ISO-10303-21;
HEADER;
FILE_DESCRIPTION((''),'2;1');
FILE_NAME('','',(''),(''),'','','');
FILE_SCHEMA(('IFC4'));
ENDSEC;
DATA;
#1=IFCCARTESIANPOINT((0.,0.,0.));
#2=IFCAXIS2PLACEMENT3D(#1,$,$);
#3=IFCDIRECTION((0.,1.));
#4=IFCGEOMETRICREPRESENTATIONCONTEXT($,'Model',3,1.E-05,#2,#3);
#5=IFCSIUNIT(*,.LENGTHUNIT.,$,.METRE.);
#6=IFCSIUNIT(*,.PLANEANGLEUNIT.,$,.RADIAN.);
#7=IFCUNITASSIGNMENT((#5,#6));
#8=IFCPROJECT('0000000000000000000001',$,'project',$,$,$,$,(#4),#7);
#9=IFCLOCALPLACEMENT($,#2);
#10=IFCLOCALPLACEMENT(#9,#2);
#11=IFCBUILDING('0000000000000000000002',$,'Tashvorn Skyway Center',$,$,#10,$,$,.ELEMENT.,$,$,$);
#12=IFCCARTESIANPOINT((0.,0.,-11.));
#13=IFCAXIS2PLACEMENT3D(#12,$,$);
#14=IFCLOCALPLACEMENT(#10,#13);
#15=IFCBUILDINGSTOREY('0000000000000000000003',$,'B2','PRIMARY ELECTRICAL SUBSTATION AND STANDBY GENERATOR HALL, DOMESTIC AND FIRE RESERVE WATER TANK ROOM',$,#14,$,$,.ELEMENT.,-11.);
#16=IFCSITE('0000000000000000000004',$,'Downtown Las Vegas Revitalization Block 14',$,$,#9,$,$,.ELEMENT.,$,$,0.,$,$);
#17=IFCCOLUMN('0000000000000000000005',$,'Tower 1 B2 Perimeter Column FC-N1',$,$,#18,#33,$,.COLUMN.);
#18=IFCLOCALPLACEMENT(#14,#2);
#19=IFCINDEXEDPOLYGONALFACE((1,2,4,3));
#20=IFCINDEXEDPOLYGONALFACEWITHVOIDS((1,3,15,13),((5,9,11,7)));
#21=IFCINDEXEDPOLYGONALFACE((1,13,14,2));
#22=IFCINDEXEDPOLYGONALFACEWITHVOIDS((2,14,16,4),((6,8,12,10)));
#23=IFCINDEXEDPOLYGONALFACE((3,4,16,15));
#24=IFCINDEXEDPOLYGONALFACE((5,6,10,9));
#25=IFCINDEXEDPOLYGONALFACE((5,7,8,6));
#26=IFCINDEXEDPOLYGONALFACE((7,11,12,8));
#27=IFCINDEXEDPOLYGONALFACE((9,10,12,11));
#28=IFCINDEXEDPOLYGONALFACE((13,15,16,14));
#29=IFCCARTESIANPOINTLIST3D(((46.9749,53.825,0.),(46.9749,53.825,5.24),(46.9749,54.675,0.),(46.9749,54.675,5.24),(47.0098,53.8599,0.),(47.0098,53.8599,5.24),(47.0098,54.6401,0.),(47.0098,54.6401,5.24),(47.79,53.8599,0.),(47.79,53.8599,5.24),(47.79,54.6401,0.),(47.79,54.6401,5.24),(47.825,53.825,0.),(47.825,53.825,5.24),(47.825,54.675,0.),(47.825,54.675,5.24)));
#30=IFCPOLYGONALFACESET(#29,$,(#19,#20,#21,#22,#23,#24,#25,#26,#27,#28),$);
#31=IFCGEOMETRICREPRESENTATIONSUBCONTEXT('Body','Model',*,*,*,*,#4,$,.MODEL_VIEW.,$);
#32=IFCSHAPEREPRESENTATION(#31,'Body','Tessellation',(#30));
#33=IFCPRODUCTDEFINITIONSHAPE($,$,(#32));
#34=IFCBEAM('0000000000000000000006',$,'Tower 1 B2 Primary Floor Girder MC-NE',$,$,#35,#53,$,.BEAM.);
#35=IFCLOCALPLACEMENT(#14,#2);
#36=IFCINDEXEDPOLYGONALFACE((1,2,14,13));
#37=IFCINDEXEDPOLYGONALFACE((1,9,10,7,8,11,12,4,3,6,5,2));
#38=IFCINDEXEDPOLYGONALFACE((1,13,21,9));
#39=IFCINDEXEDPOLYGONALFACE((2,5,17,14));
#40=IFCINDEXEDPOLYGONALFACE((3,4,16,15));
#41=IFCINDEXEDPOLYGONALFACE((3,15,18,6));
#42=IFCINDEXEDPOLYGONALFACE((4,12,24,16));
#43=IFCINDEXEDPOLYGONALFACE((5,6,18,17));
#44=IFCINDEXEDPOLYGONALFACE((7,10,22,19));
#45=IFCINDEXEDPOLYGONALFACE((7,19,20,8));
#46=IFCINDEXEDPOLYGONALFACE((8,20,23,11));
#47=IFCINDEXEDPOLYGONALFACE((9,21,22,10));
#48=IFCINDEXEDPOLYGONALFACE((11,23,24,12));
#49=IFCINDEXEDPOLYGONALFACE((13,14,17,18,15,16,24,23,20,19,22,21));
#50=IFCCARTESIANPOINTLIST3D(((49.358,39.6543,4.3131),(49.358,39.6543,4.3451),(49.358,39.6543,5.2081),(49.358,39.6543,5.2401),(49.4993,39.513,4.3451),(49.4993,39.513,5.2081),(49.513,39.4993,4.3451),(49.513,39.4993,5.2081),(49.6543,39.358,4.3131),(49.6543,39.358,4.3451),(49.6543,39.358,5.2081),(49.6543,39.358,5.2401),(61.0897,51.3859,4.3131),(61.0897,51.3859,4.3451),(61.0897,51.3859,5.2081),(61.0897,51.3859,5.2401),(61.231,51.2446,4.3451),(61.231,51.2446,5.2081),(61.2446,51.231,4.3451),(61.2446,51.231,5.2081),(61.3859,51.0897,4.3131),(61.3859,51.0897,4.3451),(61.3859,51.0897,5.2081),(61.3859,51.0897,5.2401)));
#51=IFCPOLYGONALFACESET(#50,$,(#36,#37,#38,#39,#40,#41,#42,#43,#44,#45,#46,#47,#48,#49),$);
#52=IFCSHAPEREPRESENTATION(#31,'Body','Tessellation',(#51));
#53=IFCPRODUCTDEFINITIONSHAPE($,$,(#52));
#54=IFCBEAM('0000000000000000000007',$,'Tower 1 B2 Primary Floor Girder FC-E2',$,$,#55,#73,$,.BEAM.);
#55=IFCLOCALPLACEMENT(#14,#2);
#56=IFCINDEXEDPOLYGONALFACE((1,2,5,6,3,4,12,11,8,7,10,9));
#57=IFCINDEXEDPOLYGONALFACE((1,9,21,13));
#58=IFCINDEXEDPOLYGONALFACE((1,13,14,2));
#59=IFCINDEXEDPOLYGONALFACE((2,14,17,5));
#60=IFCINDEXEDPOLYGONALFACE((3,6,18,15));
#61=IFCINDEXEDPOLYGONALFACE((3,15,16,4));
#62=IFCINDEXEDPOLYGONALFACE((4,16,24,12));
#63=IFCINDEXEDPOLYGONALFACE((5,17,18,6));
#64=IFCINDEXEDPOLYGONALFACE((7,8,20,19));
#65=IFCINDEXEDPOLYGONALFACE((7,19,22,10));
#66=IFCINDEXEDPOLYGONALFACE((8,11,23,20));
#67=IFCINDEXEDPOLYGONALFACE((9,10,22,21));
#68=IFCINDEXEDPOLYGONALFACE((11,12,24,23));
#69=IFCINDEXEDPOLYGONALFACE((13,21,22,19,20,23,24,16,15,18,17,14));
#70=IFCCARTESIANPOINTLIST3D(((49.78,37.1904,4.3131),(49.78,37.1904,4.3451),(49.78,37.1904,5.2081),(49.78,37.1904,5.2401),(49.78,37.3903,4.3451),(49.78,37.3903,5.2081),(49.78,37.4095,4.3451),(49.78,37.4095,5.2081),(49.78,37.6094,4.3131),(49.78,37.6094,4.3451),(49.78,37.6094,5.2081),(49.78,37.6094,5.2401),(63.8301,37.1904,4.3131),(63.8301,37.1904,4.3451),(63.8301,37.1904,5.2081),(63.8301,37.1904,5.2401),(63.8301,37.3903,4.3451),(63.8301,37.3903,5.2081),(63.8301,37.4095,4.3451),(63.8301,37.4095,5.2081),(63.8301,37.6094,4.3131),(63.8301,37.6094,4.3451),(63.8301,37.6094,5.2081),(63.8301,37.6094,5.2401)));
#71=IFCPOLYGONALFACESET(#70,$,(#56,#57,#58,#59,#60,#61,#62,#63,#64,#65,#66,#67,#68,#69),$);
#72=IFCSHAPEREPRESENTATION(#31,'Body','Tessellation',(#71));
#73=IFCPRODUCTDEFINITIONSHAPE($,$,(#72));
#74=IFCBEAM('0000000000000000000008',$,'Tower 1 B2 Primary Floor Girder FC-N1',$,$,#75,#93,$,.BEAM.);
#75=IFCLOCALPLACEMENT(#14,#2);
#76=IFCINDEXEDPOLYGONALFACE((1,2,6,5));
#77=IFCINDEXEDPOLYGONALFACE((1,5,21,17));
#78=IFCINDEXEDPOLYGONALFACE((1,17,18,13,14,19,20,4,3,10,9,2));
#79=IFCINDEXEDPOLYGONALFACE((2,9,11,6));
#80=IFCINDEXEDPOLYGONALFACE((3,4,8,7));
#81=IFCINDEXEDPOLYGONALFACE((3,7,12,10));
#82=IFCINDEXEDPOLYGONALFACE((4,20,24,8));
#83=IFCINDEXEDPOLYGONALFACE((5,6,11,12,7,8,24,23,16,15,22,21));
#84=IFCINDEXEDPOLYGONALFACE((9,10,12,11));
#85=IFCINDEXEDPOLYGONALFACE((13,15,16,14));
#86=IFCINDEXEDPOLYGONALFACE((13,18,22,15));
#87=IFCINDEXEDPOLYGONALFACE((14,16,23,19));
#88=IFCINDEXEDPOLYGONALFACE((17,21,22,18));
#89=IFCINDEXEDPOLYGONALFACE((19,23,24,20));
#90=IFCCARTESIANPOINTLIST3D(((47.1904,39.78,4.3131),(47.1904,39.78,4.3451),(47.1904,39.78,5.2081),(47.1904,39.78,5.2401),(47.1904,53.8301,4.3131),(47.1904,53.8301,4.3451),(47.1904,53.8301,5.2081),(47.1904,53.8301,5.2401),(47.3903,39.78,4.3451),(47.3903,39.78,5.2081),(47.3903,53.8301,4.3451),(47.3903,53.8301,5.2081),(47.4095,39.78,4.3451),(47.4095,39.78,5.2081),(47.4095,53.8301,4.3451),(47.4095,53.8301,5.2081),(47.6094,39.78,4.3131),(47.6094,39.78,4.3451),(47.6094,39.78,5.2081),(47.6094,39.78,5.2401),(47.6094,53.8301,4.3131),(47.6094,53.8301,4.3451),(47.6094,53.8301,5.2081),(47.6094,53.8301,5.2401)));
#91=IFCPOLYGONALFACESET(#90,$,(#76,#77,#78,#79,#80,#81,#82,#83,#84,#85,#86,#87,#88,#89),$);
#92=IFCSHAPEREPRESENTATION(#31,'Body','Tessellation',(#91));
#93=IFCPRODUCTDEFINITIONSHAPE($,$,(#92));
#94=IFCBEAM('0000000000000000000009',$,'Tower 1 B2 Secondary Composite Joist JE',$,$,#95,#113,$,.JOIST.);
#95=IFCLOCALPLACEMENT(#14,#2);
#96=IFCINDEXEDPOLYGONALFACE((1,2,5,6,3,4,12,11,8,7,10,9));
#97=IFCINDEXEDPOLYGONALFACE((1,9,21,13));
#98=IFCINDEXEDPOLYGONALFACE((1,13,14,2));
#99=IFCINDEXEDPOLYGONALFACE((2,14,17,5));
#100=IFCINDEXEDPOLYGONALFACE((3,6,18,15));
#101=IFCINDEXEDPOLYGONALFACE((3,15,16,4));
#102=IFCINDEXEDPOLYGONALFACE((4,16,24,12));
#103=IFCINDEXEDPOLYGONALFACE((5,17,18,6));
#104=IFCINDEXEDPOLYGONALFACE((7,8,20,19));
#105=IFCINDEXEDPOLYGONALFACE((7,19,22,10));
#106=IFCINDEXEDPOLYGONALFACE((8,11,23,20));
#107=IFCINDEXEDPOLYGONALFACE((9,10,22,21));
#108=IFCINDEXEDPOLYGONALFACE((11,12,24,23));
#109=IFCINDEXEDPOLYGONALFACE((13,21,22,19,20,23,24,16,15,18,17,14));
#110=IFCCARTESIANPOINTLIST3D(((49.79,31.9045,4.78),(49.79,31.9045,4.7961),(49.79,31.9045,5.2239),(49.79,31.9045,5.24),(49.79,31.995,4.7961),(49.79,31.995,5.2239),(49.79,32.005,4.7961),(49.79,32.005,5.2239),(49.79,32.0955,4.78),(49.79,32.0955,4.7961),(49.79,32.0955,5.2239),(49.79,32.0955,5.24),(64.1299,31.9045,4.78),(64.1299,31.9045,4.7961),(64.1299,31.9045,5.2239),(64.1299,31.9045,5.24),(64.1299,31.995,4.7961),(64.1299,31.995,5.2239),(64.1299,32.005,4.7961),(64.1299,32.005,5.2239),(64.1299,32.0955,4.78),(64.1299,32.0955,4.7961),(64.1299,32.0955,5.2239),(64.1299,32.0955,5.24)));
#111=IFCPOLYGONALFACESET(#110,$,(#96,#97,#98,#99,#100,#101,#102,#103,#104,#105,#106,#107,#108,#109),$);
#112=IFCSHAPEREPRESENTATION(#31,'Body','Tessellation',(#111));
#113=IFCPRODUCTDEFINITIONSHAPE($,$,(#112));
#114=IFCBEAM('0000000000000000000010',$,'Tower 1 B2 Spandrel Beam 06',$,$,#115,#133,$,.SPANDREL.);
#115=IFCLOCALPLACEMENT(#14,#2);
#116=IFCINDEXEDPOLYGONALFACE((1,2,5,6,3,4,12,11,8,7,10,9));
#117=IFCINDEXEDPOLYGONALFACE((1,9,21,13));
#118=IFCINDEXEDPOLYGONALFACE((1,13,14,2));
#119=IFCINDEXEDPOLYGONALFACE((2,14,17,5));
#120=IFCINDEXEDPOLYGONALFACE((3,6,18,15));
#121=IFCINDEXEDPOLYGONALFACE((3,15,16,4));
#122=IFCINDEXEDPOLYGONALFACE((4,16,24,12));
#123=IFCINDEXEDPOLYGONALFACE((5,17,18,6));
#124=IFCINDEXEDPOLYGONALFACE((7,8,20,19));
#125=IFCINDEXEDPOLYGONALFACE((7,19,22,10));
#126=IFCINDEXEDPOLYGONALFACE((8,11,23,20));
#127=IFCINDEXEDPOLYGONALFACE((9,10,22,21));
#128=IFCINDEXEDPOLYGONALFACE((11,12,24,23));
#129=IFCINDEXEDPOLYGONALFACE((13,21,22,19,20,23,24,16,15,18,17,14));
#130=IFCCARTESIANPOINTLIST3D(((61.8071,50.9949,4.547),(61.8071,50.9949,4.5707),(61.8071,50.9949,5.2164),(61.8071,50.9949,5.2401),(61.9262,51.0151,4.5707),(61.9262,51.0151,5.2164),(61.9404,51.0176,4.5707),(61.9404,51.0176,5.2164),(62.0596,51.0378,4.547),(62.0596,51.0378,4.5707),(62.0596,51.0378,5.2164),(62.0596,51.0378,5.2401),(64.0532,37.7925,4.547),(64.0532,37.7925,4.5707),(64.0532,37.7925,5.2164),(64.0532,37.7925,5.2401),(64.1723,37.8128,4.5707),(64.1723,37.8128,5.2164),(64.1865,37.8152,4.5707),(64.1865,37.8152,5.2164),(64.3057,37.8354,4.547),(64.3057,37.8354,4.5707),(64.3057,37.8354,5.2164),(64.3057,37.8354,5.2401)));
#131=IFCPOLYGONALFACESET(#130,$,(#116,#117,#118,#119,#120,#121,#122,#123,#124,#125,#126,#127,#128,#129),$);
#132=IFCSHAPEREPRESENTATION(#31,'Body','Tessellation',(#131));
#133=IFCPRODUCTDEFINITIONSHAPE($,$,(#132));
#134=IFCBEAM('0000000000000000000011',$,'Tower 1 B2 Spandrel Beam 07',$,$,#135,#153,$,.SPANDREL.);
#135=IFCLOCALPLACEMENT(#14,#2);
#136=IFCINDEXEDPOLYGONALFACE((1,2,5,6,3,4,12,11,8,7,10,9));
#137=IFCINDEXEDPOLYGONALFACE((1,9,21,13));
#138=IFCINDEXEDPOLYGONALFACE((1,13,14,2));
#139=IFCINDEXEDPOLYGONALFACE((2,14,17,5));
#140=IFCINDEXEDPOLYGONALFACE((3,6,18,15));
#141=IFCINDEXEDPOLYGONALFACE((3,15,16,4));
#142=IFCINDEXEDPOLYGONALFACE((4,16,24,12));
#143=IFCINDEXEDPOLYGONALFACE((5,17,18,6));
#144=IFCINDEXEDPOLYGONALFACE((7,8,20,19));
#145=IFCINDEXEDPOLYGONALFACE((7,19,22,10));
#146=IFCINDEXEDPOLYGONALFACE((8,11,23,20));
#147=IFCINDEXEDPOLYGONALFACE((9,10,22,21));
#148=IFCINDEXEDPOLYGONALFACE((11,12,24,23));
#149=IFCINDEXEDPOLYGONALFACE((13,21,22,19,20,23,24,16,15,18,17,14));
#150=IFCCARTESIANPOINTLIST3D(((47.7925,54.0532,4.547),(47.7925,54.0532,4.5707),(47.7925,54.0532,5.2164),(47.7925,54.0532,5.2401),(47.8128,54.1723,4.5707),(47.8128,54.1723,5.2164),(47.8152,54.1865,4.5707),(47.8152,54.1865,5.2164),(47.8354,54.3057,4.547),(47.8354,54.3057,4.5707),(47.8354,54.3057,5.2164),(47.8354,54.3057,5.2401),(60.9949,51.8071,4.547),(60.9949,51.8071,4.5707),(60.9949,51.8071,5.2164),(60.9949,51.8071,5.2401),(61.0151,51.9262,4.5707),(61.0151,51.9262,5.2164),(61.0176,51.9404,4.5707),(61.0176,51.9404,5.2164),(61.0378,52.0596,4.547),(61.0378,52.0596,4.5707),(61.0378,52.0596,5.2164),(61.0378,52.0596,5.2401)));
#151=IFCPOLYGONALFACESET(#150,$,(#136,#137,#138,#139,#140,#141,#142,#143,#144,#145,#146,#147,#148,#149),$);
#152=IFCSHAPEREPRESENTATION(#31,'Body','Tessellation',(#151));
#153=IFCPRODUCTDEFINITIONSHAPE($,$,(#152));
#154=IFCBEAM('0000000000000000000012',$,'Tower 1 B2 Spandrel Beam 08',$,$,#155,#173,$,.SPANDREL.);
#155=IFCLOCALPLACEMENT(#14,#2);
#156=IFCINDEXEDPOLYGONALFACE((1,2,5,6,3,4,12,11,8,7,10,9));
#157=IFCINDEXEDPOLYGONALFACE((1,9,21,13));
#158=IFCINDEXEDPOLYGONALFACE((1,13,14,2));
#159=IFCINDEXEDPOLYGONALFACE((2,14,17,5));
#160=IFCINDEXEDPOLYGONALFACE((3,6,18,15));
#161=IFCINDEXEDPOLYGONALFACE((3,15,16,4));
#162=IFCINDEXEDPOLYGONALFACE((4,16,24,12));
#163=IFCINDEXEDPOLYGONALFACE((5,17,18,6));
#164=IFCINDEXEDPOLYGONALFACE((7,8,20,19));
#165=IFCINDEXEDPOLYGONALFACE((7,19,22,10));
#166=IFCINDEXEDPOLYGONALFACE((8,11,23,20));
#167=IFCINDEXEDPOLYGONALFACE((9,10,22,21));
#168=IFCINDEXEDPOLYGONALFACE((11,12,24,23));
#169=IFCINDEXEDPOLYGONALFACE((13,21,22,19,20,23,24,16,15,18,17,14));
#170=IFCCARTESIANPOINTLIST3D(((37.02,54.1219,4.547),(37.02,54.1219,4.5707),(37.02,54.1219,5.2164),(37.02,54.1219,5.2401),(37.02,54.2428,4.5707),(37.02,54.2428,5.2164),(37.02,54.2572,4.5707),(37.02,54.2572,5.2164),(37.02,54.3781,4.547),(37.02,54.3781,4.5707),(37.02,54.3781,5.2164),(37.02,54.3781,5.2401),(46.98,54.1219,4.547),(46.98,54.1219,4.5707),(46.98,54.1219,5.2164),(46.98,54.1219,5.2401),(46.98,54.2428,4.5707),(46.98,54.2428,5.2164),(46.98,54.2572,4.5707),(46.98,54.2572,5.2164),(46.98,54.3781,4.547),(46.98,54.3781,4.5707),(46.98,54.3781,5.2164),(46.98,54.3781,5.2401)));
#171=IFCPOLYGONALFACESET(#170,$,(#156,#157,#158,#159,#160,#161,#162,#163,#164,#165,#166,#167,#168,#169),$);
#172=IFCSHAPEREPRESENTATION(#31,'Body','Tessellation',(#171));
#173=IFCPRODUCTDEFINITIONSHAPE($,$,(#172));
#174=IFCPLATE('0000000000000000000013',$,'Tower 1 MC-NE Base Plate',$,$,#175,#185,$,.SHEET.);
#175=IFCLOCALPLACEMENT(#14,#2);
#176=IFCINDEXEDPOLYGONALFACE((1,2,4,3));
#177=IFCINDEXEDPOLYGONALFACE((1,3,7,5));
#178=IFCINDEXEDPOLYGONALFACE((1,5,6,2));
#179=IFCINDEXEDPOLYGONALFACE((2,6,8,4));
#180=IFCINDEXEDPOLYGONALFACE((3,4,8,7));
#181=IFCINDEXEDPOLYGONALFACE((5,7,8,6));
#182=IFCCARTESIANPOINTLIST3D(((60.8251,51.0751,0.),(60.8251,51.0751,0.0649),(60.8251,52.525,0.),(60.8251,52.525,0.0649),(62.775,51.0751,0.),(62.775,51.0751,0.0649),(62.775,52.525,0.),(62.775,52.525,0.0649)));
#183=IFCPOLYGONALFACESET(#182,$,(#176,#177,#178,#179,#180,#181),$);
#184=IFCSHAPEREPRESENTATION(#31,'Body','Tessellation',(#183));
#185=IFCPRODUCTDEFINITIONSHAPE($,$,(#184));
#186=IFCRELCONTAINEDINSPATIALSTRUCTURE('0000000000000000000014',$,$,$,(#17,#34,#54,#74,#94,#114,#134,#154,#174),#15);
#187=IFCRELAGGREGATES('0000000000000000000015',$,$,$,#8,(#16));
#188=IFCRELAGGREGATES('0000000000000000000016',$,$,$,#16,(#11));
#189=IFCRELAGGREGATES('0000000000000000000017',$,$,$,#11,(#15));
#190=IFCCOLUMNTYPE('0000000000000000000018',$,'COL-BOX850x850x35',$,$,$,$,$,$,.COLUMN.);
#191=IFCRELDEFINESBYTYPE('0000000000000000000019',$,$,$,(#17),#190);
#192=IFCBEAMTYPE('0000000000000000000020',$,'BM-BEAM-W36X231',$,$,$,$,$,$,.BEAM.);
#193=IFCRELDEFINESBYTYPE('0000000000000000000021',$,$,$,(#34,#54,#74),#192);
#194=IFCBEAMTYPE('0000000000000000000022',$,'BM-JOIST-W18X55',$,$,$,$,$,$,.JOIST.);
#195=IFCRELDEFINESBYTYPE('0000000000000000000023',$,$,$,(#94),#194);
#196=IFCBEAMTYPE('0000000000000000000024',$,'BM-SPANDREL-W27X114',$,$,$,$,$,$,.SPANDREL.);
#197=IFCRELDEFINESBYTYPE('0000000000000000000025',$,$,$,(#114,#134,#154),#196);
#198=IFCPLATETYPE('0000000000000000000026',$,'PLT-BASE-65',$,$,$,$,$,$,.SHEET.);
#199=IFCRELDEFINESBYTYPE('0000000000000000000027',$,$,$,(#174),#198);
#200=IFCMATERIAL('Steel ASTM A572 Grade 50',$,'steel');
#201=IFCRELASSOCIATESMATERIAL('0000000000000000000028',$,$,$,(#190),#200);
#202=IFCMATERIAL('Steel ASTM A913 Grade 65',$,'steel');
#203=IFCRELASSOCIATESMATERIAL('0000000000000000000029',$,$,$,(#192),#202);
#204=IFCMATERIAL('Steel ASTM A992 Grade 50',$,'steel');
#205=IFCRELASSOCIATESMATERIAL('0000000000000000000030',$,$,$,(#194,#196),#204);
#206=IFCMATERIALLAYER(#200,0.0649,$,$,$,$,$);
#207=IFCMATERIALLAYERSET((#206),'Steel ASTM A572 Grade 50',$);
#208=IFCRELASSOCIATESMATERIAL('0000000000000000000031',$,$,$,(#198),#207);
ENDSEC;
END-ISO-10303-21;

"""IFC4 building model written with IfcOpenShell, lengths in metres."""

from ifc_helpers import new_model, si_unit, direction, frame, origin, origin_2d, place, context, subcontext, project, spatial, rectangle, hollow_rectangle, i_section, extrude, material, layer, layer_set, material_profile, profile_set, type_object, element, save


model = new_model("IFC4")

# Units and contexts
model_context = context("Model", 3, precision=1e-05, world=origin(), true_north=direction((0.0, 1.0)))
body_context = subcontext(model_context, "Body", "Model", "MODEL_VIEW")
ifc_project = project(units=[si_unit("LENGTHUNIT", "METRE"), si_unit("PLANEANGLEUNIT", "RADIAN")], contexts=[model_context])

# Site, building, storey
site_placement = place(None, origin())
site = spatial("IfcSite", under=ifc_project, at=site_placement, Name="Downtown Las Vegas Revitalization Block 14", CompositionType="ELEMENT", RefElevation=0.0)
building_placement = place(site_placement, origin())
building = spatial("IfcBuilding", under=site, at=building_placement, Name="Tashvorn Skyway Center", CompositionType="ELEMENT")
storey_placement = place(building_placement, frame((0.0, 0.0, -11.0)))
storey = spatial("IfcBuildingStorey", under=building, at=storey_placement, Name="B2", Description="PRIMARY ELECTRICAL SUBSTATION AND STANDBY GENERATOR HALL, DOMESTIC AND FIRE RESERVE WATER TANK ROOM", CompositionType="ELEMENT", Elevation=-11.0)

# Column
ifc_material_1 = material(Name="Steel ASTM A572 Grade 50", Category="steel")
ifc_material_profile_1 = material_profile(ifc_material_1, hollow_rectangle(XDim=0.8501, YDim=0.8501, WallThickness=0.0349, at=origin_2d()), Name="BOX850x850x35")
ifc_profile_set_1 = profile_set([ifc_material_profile_1], Name="Steel ASTM A572 Grade 50")
column_type_1 = type_object("IfcColumnType", Name="COL-BOX850x850x35", PredefinedType="COLUMN", material=ifc_profile_set_1)
column_1_placement = place(storey_placement, frame((47.3999, 54.25, 0.0), z_axis=(0.0, 0.0, 1.0), x_axis=(1.0, 0.0, 0.0)))
element("IfcColumn", 1, at=column_1_placement, inside=storey, type_object=column_type_1, Name="Tower 1 B2 Perimeter Column FC-N1", PredefinedType="COLUMN", context=body_context, shape_type="SweptSolid", body=[
    extrude(hollow_rectangle(XDim=0.8501, YDim=0.8501, WallThickness=0.0349, at=origin_2d()), origin(), (0.0, 0.0, 1.0), 5.24),
])

# Beams
ifc_material_2 = material(Name="Steel ASTM A913 Grade 65", Category="steel")
ifc_material_profile_2 = material_profile(ifc_material_2, i_section(OverallWidth=0.4189, OverallDepth=0.927, WebThickness=0.0193, FlangeThickness=0.032, at=origin_2d()), Name="W36X231")
ifc_profile_set_2 = profile_set([ifc_material_profile_2], Name="Steel ASTM A913 Grade 65")
beam_type_1 = type_object("IfcBeamType", Name="BM-BEAM-W36X231", PredefinedType="BEAM", material=ifc_profile_set_2)
beam_1_placement = place(storey_placement, frame((61.2378, 51.2378, 4.7766), z_axis=(-0.707107, -0.707107, 0.0), x_axis=(0.707107, -0.707107, 0.0)))
element("IfcBeam", 2, at=beam_1_placement, inside=storey, type_object=beam_type_1, Name="Tower 1 B2 Primary Floor Girder MC-NE", PredefinedType="BEAM", context=body_context, shape_type="SweptSolid", body=[
    extrude(i_section(OverallWidth=0.4189, OverallDepth=0.927, WebThickness=0.0193, FlangeThickness=0.032, at=origin_2d()), origin(), (0.0, 0.0, 1.0), 16.5911),
])
for number, where, z_axis, x_axis, name in (
    (3, (63.8301, 37.3999, 4.7766), (-1.0, 0.0, 0.0), (0.0, -1.0, 0.0), "Tower 1 B2 Primary Floor Girder FC-E2"),
    (4, (47.3999, 53.8301, 4.7766), (0.0, -1.0, 0.0), (1.0, 0.0, 0.0), "Tower 1 B2 Primary Floor Girder FC-N1"),
):
    element("IfcBeam", number, at=place(storey_placement, frame(where, z_axis=z_axis, x_axis=x_axis)), inside=storey, type_object=beam_type_1, Name=name, PredefinedType="BEAM", context=body_context, shape_type="SweptSolid", body=[
        extrude(i_section(OverallWidth=0.4189, OverallDepth=0.927, WebThickness=0.0193, FlangeThickness=0.032, at=origin_2d()), origin(), (0.0, 0.0, 1.0), 14.05),
    ])
ifc_material_3 = material(Name="Steel ASTM A992 Grade 50", Category="steel")
ifc_material_profile_3 = material_profile(ifc_material_3, i_section(OverallWidth=0.1909, OverallDepth=0.46, WebThickness=0.01, FlangeThickness=0.0161, at=origin_2d()), Name="W18X55")
ifc_profile_set_3 = profile_set([ifc_material_profile_3], Name="Steel ASTM A992 Grade 50")
beam_type_2 = type_object("IfcBeamType", Name="BM-JOIST-W18X55", PredefinedType="JOIST", material=ifc_profile_set_3)
beam_2_placement = place(storey_placement, frame((49.79, 32.0, 5.01), z_axis=(1.0, 0.0, 0.0), x_axis=(0.0, 1.0, 0.0)))
element("IfcBeam", 5, at=beam_2_placement, inside=storey, type_object=beam_type_2, Name="Tower 1 B2 Secondary Composite Joist JE", PredefinedType="JOIST", context=body_context, shape_type="SweptSolid", body=[
    extrude(i_section(OverallWidth=0.1909, OverallDepth=0.46, WebThickness=0.01, FlangeThickness=0.0161, at=origin_2d()), origin(), (0.0, 0.0, 1.0), 14.3398),
])
ifc_material_profile_4 = material_profile(ifc_material_3, i_section(OverallWidth=0.2561, OverallDepth=0.6931, WebThickness=0.0144, FlangeThickness=0.0237, at=origin_2d()), Name="W27X114")
ifc_profile_set_4 = profile_set([ifc_material_profile_4], Name="Steel ASTM A992 Grade 50")
beam_type_3 = type_object("IfcBeamType", Name="BM-SPANDREL-W27X114", PredefinedType="SPANDREL", material=ifc_profile_set_4)
for number, where, z_axis, x_axis, name in (
    (6, (64.1794, 37.814, 4.8936), (-0.167718, 0.985835, 0.0), (-0.985835, -0.167718, 0.0), "Tower 1 B2 Spandrel Beam 06"),
    (7, (61.0164, 51.9333, 4.8936), (-0.985835, 0.167718, 0.0), (-0.167718, -0.985835, 0.0), "Tower 1 B2 Spandrel Beam 07"),
):
    element("IfcBeam", number, at=place(storey_placement, frame(where, z_axis=z_axis, x_axis=x_axis)), inside=storey, type_object=beam_type_3, Name=name, PredefinedType="SPANDREL", context=body_context, shape_type="SweptSolid", body=[
        extrude(i_section(OverallWidth=0.2561, OverallDepth=0.6931, WebThickness=0.0144, FlangeThickness=0.0237, at=origin_2d()), origin(), (0.0, 0.0, 1.0), 13.3921),
    ])
beam_3_placement = place(storey_placement, frame((46.98, 54.25, 4.8936), z_axis=(-1.0, 0.0, 0.0), x_axis=(0.0, -1.0, 0.0)))
element("IfcBeam", 8, at=beam_3_placement, inside=storey, type_object=beam_type_3, Name="Tower 1 B2 Spandrel Beam 08", PredefinedType="SPANDREL", context=body_context, shape_type="SweptSolid", body=[
    extrude(i_section(OverallWidth=0.2561, OverallDepth=0.6931, WebThickness=0.0144, FlangeThickness=0.0237, at=origin_2d()), origin(), (0.0, 0.0, 1.0), 9.96),
])

# Plate
ifc_layer_1 = layer(ifc_material_1, 0.0649)
ifc_layer_set_1 = layer_set([ifc_layer_1], Name="Steel ASTM A572 Grade 50")
plate_type_1 = type_object("IfcPlateType", Name="PLT-BASE-65", PredefinedType="SHEET", material=ifc_layer_set_1)
plate_1_placement = place(storey_placement, frame((61.8, 51.8, 0.0), z_axis=(0.0, 0.0, 1.0), x_axis=(1.0, 0.0, 0.0)))
element("IfcPlate", 9, at=plate_1_placement, inside=storey, type_object=plate_type_1, Name="Tower 1 MC-NE Base Plate", PredefinedType="SHEET", context=body_context, shape_type="SweptSolid", body=[
    extrude(rectangle(XDim=1.95, YDim=1.45, at=origin_2d()), origin(), (0.0, 0.0, 1.0), 0.0649),
])

save(model, "model.ifc")
